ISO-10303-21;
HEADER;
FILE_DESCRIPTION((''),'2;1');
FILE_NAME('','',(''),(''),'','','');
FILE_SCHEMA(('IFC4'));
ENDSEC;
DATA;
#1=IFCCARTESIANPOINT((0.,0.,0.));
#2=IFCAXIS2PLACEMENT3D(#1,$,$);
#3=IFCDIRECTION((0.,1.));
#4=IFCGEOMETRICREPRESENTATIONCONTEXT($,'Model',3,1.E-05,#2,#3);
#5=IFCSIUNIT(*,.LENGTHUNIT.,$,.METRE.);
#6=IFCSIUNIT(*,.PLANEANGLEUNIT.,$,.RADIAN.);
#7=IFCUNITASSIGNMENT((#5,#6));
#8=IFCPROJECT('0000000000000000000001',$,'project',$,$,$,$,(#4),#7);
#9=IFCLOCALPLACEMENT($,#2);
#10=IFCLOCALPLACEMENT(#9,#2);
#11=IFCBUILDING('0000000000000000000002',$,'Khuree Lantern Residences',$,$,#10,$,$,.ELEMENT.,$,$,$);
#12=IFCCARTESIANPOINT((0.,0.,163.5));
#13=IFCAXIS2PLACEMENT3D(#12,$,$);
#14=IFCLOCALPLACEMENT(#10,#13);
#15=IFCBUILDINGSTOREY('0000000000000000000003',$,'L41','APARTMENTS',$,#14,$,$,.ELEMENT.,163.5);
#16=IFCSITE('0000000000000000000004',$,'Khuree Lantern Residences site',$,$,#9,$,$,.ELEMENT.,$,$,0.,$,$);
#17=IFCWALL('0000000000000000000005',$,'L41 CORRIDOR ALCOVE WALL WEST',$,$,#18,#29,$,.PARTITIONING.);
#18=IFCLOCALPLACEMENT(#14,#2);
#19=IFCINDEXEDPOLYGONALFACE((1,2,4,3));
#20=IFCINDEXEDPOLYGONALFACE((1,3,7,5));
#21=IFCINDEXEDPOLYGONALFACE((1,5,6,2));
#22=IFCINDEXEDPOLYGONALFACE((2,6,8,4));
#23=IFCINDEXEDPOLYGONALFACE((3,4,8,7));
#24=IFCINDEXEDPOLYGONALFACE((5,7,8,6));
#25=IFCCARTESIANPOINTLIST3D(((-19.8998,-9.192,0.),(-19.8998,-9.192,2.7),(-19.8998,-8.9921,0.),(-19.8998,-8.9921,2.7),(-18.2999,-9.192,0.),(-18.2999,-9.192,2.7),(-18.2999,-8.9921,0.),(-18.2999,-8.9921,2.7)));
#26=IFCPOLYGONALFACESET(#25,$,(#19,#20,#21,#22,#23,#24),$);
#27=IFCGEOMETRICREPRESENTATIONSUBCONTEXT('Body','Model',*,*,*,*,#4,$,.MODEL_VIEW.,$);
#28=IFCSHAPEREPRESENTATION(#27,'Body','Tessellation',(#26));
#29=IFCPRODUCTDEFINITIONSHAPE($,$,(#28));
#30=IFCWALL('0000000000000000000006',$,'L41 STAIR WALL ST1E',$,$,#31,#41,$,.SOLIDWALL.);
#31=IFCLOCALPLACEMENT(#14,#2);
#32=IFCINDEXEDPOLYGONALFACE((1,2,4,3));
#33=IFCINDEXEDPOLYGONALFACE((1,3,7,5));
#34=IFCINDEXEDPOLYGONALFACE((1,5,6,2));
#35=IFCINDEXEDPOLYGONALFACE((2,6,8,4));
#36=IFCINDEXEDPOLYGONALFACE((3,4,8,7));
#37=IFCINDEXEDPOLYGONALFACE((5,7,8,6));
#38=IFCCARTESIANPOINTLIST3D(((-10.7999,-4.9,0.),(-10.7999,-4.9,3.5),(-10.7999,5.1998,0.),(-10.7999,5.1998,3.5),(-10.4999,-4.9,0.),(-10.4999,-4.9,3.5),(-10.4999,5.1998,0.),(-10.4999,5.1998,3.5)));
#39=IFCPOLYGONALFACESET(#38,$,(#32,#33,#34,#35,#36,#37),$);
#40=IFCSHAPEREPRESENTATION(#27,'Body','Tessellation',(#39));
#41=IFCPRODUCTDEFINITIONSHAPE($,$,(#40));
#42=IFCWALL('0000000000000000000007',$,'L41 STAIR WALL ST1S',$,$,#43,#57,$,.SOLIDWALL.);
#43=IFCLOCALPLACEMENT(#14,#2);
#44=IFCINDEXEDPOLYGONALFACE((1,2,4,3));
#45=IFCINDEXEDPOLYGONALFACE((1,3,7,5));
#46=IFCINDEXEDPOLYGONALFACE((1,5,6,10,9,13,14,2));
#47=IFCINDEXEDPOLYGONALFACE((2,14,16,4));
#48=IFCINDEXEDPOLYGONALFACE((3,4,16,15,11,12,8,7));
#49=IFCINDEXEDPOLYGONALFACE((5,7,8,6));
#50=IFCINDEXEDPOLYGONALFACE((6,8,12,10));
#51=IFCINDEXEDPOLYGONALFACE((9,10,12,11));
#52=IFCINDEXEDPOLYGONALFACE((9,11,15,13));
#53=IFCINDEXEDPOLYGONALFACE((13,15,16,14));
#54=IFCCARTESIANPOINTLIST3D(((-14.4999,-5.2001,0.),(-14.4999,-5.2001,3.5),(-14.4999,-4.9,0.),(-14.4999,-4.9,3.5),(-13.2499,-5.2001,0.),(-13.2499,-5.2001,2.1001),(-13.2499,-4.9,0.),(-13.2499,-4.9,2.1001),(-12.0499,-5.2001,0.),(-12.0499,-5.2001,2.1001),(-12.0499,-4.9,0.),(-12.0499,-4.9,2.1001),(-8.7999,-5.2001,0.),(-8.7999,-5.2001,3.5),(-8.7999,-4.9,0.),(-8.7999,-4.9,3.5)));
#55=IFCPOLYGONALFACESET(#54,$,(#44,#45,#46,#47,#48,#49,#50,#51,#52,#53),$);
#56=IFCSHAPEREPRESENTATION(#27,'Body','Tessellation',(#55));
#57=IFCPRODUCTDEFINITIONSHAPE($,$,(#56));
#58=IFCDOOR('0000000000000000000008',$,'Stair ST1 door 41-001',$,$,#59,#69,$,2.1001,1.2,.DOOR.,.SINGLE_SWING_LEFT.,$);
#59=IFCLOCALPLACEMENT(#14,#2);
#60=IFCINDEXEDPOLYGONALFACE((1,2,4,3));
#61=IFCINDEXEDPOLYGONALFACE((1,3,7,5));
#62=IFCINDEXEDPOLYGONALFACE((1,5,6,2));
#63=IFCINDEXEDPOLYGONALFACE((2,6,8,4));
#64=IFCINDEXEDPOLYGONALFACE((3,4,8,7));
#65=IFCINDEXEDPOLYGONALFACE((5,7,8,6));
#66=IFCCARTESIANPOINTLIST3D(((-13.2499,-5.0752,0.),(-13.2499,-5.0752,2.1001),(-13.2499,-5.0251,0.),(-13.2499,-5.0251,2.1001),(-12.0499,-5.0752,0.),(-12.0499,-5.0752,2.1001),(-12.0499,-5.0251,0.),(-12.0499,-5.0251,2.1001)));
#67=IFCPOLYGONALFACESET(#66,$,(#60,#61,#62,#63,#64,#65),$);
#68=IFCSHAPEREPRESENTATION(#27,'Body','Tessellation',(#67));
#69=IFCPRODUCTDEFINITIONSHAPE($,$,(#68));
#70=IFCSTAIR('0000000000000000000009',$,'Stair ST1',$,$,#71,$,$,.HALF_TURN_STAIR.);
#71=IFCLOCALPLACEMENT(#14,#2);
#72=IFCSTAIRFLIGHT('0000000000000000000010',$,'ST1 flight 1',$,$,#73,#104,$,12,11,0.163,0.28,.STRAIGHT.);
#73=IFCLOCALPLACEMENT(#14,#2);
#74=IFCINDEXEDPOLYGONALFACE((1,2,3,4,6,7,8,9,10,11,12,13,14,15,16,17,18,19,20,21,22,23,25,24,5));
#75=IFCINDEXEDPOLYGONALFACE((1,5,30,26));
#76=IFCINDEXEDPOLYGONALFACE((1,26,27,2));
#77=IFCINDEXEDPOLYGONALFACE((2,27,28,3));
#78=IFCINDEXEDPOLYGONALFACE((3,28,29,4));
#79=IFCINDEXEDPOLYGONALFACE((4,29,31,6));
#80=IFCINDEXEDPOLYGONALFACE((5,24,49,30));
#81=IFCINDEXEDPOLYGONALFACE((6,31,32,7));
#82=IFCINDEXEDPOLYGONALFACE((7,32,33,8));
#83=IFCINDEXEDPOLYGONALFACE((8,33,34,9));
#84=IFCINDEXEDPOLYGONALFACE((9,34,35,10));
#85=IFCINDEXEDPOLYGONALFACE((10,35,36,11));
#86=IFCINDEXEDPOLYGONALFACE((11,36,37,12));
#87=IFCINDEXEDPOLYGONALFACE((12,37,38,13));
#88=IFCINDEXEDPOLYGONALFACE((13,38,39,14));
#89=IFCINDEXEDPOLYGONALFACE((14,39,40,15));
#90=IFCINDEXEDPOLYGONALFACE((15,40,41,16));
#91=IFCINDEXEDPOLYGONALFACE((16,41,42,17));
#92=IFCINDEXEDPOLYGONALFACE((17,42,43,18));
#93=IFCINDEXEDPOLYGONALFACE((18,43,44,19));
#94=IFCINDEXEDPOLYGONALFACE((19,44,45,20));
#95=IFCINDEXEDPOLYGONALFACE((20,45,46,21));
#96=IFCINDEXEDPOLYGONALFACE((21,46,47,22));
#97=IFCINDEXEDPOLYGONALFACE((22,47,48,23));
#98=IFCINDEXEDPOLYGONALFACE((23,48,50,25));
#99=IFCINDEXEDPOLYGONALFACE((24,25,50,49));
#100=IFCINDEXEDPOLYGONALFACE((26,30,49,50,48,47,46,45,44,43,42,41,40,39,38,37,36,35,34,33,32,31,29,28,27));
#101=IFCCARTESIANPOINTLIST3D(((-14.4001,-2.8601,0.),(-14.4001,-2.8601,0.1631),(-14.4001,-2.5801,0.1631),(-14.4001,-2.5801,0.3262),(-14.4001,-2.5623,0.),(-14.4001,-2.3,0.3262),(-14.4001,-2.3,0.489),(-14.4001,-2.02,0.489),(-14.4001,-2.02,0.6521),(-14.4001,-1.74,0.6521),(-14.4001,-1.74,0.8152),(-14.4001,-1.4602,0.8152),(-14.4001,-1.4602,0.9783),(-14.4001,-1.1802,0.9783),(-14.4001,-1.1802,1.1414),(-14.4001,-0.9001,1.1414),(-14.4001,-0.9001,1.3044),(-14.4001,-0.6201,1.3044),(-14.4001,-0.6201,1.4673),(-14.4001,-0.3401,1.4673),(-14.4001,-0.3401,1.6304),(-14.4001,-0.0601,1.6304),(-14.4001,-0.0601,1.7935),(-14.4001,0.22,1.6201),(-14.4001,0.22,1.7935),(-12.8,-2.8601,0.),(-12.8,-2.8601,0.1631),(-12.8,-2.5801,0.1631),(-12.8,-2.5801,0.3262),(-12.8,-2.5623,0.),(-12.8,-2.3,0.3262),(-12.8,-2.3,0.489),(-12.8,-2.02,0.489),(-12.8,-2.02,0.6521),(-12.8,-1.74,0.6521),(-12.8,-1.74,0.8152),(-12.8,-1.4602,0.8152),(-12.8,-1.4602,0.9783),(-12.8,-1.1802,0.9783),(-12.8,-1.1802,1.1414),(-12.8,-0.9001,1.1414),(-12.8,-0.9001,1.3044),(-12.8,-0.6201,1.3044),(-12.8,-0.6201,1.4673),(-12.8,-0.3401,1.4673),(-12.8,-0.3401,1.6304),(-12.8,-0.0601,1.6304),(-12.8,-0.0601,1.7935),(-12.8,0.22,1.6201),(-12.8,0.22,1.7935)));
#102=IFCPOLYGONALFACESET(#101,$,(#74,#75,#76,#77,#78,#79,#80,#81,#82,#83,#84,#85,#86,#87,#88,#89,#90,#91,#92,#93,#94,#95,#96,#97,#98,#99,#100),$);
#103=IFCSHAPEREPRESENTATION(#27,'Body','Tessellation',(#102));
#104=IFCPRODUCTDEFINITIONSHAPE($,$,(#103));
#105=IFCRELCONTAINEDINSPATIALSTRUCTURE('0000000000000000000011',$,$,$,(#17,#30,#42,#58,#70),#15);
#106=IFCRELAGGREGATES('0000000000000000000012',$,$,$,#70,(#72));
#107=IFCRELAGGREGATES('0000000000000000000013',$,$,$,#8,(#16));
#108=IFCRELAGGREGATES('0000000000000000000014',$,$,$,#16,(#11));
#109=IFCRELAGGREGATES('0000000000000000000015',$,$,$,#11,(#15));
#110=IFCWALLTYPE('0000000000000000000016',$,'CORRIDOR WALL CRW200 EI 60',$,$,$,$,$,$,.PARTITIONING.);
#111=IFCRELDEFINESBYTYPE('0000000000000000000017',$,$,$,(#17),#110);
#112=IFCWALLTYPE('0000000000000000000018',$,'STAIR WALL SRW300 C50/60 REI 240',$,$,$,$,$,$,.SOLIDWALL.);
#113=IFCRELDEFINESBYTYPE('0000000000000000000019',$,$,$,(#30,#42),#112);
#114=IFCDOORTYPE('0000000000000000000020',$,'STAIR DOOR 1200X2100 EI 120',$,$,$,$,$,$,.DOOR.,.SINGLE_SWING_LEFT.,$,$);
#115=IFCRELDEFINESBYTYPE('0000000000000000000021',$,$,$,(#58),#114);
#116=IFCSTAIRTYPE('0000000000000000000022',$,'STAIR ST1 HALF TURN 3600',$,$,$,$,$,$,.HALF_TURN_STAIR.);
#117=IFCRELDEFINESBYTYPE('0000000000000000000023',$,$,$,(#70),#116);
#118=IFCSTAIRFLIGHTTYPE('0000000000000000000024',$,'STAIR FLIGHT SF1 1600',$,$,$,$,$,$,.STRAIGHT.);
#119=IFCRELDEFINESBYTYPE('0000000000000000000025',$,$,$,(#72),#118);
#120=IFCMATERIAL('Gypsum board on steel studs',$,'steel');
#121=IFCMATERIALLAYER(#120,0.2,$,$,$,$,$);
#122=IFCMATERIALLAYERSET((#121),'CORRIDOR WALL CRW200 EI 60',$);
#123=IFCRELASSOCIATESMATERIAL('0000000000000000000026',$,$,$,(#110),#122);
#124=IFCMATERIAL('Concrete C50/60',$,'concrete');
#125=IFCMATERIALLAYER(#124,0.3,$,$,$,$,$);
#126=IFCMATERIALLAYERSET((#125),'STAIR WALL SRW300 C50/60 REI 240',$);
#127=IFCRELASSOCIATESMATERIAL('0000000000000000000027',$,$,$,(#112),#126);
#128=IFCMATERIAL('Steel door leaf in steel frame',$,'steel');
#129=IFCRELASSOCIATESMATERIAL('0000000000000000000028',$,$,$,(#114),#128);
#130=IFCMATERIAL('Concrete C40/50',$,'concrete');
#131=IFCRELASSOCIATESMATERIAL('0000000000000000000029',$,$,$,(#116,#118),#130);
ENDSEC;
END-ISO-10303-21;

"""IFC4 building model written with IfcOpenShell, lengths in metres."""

from ifc_helpers import new_model, si_unit, direction, frame, frame_2d, origin, place, context, subcontext, project, spatial, polyline, rectangle, outline, extrude, material, layer, layer_set, type_object, element, fill, aggregate, save


model = new_model("IFC4")

# Units and contexts
model_context = context("Model", 3, precision=1e-05, world=origin(), true_north=direction((0.0, 1.0)))
body_context = subcontext(model_context, "Body", "Model", "MODEL_VIEW")
ifc_project = project(units=[si_unit("LENGTHUNIT", "METRE"), si_unit("PLANEANGLEUNIT", "RADIAN")], contexts=[model_context])

# Site, building, storey
site_placement = place(None, origin())
site = spatial("IfcSite", under=ifc_project, at=site_placement, Name="Khuree Lantern Residences site", CompositionType="ELEMENT", RefElevation=0.0)
building_placement = place(site_placement, origin())
building = spatial("IfcBuilding", under=site, at=building_placement, Name="Khuree Lantern Residences", CompositionType="ELEMENT")
storey_placement = place(building_placement, frame((0.0, 0.0, 163.5)))
storey = spatial("IfcBuildingStorey", under=building, at=storey_placement, Name="L41", Description="APARTMENTS", CompositionType="ELEMENT", Elevation=163.5)

# Shared definitions
ifc_material_1 = material(Name="Steel door leaf in steel frame", Category="steel")

# Walls
ifc_material_2 = material(Name="Gypsum board on steel studs", Category="steel")
ifc_layer_1 = layer(ifc_material_2, 0.2)
ifc_layer_set_1 = layer_set([ifc_layer_1], Name="CORRIDOR WALL CRW200 EI 60")
wall_type_1 = type_object("IfcWallType", Name="CORRIDOR WALL CRW200 EI 60", PredefinedType="PARTITIONING", material=ifc_layer_set_1)
wall_1_placement = place(storey_placement, frame((-18.3, -9.092, 0.0), z_axis=(0.0, 0.0, 1.0), x_axis=(-1.0, 0.0, 0.0)))
element("IfcWall", 1, at=wall_1_placement, inside=storey, type_object=wall_type_1, Name="L41 CORRIDOR ALCOVE WALL WEST", PredefinedType="PARTITIONING", context=body_context, shape_type="SweptSolid", body=[
    extrude(rectangle(XDim=1.5999, YDim=0.2, at=frame_2d((0.7998, 0.0))), origin(), (0.0, 0.0, 1.0), 2.7),
])
ifc_material_3 = material(Name="Concrete C50/60", Category="concrete")
ifc_layer_2 = layer(ifc_material_3, 0.3)
ifc_layer_set_2 = layer_set([ifc_layer_2], Name="STAIR WALL SRW300 C50/60 REI 240")
wall_type_2 = type_object("IfcWallType", Name="STAIR WALL SRW300 C50/60 REI 240", PredefinedType="SOLIDWALL", material=ifc_layer_set_2)
wall_2_placement = place(storey_placement, frame((-10.6499, -4.8999, 0.0), z_axis=(0.0, 0.0, 1.0), x_axis=(0.0, 1.0, 0.0)))
element("IfcWall", 2, at=wall_2_placement, inside=storey, type_object=wall_type_2, Name="L41 STAIR WALL ST1E", PredefinedType="SOLIDWALL", context=body_context, shape_type="SweptSolid", body=[
    extrude(rectangle(XDim=10.0999, YDim=0.3, at=frame_2d((5.0498, 0.0))), origin(), (0.0, 0.0, 1.0), 3.5),
])

# Wall, opening, door
wall_3_placement = place(storey_placement, frame((-14.5, -5.05, 0.0), z_axis=(0.0, 0.0, 1.0), x_axis=(1.0, 0.0, 0.0)))
wall_3 = element("IfcWall", 3, at=wall_3_placement, inside=storey, type_object=wall_type_2, Name="L41 STAIR WALL ST1S", PredefinedType="SOLIDWALL", context=body_context, shape_type="SweptSolid", body=[
    extrude(rectangle(XDim=5.7, YDim=0.3, at=frame_2d((2.8501, 0.0))), origin(), (0.0, 0.0, 1.0), 3.5),
])
opening_1_placement = place(wall_3_placement, frame((1.25, 0.0, 0.0)))
opening_1 = element("IfcOpeningElement", 4, at=opening_1_placement, cuts=wall_3, PredefinedType="OPENING", context=body_context, shape_type="SweptSolid", body=[
    extrude(rectangle(XDim=1.2, YDim=2.1001, at=frame_2d((0.6001, 1.05))), frame((0.0, 0.1602, 0.0), z_axis=(0.0, -1.0, 0.0), x_axis=(1.0, 0.0, 0.0)), (0.0, 0.0, 1.0), 0.3201),
])
door_type_1 = type_object("IfcDoorType", Name="STAIR DOOR 1200X2100 EI 120", OperationType="SINGLE_SWING_LEFT", PredefinedType="DOOR", material=ifc_material_1)
door_1_placement = place(opening_1_placement, origin())
door_1 = element("IfcDoor", 5, at=door_1_placement, inside=storey, type_object=door_type_1, Name="Stair ST1 door 41-001", OperationType="SINGLE_SWING_LEFT", OverallHeight=2.1001, OverallWidth=1.2, PredefinedType="DOOR", context=body_context, shape_type="SweptSolid", body=[
    extrude(rectangle(XDim=1.2, YDim=2.1001, at=frame_2d((0.6001, 1.05))), frame((0.0, 0.0249, 0.0), z_axis=(0.0, -1.0, 0.0), x_axis=(1.0, 0.0, 0.0)), (0.0, 0.0, 1.0), 0.05),
])
fill(opening_1, door_1)

# Stair, stair flight
ifc_material_4 = material(Name="Concrete C40/50", Category="concrete")
stair_type = type_object("IfcStairType", Name="STAIR ST1 HALF TURN 3600", PredefinedType="HALF_TURN_STAIR", material=ifc_material_4)
stair_placement = place(storey_placement, origin())
stair = element("IfcStair", 6, at=stair_placement, inside=storey, type_object=stair_type, Name="Stair ST1", PredefinedType="HALF_TURN_STAIR")
stair_flight_type = type_object("IfcStairFlightType", Name="STAIR FLIGHT SF1 1600", PredefinedType="STRAIGHT", material=ifc_material_4)
stair_flight_placement = place(storey_placement, frame((-13.6001, -2.8601, 0.0), z_axis=(0.0, 0.0, 1.0), x_axis=(0.0, 1.0, 0.0)))
stair_flight = element("IfcStairFlight", 7, at=stair_flight_placement, type_object=stair_flight_type, Name="ST1 flight 1", NumberOfRisers=12, NumberOfTreads=11, PredefinedType="STRAIGHT", RiserHeight=0.163, TreadLength=0.28, context=body_context, shape_type="SweptSolid", body=[
    extrude(outline(polyline([(0.0, 0.0), (0.0, 0.1631), (0.28, 0.1631), (0.28, 0.3262), (0.5601, 0.3262), (0.5601, 0.489), (0.8401, 0.489), (0.8401, 0.6521), (1.1201, 0.6521), (1.1201, 0.8152), (1.3999, 0.8152), (1.3999, 0.9783), (1.6799, 0.9783), (1.6799, 1.1414), (1.96, 1.1414), (1.96, 1.3044), (2.24, 1.3044), (2.24, 1.4673), (2.52, 1.4673), (2.52, 1.6304), (2.8, 1.6304), (2.8, 1.7935), (3.0801, 1.7935), (3.0801, 1.9565), (3.0801, 1.6201), (0.2979, 0.0), (0.0, 0.0)])), frame((0.0, 0.8, 0.0), z_axis=(0.0, -1.0, 0.0), x_axis=(1.0, 0.0, 0.0)), (0.0, 0.0, 1.0), 1.6001),
])
aggregate(stair, [stair_flight])

save(model, "model.ifc")
